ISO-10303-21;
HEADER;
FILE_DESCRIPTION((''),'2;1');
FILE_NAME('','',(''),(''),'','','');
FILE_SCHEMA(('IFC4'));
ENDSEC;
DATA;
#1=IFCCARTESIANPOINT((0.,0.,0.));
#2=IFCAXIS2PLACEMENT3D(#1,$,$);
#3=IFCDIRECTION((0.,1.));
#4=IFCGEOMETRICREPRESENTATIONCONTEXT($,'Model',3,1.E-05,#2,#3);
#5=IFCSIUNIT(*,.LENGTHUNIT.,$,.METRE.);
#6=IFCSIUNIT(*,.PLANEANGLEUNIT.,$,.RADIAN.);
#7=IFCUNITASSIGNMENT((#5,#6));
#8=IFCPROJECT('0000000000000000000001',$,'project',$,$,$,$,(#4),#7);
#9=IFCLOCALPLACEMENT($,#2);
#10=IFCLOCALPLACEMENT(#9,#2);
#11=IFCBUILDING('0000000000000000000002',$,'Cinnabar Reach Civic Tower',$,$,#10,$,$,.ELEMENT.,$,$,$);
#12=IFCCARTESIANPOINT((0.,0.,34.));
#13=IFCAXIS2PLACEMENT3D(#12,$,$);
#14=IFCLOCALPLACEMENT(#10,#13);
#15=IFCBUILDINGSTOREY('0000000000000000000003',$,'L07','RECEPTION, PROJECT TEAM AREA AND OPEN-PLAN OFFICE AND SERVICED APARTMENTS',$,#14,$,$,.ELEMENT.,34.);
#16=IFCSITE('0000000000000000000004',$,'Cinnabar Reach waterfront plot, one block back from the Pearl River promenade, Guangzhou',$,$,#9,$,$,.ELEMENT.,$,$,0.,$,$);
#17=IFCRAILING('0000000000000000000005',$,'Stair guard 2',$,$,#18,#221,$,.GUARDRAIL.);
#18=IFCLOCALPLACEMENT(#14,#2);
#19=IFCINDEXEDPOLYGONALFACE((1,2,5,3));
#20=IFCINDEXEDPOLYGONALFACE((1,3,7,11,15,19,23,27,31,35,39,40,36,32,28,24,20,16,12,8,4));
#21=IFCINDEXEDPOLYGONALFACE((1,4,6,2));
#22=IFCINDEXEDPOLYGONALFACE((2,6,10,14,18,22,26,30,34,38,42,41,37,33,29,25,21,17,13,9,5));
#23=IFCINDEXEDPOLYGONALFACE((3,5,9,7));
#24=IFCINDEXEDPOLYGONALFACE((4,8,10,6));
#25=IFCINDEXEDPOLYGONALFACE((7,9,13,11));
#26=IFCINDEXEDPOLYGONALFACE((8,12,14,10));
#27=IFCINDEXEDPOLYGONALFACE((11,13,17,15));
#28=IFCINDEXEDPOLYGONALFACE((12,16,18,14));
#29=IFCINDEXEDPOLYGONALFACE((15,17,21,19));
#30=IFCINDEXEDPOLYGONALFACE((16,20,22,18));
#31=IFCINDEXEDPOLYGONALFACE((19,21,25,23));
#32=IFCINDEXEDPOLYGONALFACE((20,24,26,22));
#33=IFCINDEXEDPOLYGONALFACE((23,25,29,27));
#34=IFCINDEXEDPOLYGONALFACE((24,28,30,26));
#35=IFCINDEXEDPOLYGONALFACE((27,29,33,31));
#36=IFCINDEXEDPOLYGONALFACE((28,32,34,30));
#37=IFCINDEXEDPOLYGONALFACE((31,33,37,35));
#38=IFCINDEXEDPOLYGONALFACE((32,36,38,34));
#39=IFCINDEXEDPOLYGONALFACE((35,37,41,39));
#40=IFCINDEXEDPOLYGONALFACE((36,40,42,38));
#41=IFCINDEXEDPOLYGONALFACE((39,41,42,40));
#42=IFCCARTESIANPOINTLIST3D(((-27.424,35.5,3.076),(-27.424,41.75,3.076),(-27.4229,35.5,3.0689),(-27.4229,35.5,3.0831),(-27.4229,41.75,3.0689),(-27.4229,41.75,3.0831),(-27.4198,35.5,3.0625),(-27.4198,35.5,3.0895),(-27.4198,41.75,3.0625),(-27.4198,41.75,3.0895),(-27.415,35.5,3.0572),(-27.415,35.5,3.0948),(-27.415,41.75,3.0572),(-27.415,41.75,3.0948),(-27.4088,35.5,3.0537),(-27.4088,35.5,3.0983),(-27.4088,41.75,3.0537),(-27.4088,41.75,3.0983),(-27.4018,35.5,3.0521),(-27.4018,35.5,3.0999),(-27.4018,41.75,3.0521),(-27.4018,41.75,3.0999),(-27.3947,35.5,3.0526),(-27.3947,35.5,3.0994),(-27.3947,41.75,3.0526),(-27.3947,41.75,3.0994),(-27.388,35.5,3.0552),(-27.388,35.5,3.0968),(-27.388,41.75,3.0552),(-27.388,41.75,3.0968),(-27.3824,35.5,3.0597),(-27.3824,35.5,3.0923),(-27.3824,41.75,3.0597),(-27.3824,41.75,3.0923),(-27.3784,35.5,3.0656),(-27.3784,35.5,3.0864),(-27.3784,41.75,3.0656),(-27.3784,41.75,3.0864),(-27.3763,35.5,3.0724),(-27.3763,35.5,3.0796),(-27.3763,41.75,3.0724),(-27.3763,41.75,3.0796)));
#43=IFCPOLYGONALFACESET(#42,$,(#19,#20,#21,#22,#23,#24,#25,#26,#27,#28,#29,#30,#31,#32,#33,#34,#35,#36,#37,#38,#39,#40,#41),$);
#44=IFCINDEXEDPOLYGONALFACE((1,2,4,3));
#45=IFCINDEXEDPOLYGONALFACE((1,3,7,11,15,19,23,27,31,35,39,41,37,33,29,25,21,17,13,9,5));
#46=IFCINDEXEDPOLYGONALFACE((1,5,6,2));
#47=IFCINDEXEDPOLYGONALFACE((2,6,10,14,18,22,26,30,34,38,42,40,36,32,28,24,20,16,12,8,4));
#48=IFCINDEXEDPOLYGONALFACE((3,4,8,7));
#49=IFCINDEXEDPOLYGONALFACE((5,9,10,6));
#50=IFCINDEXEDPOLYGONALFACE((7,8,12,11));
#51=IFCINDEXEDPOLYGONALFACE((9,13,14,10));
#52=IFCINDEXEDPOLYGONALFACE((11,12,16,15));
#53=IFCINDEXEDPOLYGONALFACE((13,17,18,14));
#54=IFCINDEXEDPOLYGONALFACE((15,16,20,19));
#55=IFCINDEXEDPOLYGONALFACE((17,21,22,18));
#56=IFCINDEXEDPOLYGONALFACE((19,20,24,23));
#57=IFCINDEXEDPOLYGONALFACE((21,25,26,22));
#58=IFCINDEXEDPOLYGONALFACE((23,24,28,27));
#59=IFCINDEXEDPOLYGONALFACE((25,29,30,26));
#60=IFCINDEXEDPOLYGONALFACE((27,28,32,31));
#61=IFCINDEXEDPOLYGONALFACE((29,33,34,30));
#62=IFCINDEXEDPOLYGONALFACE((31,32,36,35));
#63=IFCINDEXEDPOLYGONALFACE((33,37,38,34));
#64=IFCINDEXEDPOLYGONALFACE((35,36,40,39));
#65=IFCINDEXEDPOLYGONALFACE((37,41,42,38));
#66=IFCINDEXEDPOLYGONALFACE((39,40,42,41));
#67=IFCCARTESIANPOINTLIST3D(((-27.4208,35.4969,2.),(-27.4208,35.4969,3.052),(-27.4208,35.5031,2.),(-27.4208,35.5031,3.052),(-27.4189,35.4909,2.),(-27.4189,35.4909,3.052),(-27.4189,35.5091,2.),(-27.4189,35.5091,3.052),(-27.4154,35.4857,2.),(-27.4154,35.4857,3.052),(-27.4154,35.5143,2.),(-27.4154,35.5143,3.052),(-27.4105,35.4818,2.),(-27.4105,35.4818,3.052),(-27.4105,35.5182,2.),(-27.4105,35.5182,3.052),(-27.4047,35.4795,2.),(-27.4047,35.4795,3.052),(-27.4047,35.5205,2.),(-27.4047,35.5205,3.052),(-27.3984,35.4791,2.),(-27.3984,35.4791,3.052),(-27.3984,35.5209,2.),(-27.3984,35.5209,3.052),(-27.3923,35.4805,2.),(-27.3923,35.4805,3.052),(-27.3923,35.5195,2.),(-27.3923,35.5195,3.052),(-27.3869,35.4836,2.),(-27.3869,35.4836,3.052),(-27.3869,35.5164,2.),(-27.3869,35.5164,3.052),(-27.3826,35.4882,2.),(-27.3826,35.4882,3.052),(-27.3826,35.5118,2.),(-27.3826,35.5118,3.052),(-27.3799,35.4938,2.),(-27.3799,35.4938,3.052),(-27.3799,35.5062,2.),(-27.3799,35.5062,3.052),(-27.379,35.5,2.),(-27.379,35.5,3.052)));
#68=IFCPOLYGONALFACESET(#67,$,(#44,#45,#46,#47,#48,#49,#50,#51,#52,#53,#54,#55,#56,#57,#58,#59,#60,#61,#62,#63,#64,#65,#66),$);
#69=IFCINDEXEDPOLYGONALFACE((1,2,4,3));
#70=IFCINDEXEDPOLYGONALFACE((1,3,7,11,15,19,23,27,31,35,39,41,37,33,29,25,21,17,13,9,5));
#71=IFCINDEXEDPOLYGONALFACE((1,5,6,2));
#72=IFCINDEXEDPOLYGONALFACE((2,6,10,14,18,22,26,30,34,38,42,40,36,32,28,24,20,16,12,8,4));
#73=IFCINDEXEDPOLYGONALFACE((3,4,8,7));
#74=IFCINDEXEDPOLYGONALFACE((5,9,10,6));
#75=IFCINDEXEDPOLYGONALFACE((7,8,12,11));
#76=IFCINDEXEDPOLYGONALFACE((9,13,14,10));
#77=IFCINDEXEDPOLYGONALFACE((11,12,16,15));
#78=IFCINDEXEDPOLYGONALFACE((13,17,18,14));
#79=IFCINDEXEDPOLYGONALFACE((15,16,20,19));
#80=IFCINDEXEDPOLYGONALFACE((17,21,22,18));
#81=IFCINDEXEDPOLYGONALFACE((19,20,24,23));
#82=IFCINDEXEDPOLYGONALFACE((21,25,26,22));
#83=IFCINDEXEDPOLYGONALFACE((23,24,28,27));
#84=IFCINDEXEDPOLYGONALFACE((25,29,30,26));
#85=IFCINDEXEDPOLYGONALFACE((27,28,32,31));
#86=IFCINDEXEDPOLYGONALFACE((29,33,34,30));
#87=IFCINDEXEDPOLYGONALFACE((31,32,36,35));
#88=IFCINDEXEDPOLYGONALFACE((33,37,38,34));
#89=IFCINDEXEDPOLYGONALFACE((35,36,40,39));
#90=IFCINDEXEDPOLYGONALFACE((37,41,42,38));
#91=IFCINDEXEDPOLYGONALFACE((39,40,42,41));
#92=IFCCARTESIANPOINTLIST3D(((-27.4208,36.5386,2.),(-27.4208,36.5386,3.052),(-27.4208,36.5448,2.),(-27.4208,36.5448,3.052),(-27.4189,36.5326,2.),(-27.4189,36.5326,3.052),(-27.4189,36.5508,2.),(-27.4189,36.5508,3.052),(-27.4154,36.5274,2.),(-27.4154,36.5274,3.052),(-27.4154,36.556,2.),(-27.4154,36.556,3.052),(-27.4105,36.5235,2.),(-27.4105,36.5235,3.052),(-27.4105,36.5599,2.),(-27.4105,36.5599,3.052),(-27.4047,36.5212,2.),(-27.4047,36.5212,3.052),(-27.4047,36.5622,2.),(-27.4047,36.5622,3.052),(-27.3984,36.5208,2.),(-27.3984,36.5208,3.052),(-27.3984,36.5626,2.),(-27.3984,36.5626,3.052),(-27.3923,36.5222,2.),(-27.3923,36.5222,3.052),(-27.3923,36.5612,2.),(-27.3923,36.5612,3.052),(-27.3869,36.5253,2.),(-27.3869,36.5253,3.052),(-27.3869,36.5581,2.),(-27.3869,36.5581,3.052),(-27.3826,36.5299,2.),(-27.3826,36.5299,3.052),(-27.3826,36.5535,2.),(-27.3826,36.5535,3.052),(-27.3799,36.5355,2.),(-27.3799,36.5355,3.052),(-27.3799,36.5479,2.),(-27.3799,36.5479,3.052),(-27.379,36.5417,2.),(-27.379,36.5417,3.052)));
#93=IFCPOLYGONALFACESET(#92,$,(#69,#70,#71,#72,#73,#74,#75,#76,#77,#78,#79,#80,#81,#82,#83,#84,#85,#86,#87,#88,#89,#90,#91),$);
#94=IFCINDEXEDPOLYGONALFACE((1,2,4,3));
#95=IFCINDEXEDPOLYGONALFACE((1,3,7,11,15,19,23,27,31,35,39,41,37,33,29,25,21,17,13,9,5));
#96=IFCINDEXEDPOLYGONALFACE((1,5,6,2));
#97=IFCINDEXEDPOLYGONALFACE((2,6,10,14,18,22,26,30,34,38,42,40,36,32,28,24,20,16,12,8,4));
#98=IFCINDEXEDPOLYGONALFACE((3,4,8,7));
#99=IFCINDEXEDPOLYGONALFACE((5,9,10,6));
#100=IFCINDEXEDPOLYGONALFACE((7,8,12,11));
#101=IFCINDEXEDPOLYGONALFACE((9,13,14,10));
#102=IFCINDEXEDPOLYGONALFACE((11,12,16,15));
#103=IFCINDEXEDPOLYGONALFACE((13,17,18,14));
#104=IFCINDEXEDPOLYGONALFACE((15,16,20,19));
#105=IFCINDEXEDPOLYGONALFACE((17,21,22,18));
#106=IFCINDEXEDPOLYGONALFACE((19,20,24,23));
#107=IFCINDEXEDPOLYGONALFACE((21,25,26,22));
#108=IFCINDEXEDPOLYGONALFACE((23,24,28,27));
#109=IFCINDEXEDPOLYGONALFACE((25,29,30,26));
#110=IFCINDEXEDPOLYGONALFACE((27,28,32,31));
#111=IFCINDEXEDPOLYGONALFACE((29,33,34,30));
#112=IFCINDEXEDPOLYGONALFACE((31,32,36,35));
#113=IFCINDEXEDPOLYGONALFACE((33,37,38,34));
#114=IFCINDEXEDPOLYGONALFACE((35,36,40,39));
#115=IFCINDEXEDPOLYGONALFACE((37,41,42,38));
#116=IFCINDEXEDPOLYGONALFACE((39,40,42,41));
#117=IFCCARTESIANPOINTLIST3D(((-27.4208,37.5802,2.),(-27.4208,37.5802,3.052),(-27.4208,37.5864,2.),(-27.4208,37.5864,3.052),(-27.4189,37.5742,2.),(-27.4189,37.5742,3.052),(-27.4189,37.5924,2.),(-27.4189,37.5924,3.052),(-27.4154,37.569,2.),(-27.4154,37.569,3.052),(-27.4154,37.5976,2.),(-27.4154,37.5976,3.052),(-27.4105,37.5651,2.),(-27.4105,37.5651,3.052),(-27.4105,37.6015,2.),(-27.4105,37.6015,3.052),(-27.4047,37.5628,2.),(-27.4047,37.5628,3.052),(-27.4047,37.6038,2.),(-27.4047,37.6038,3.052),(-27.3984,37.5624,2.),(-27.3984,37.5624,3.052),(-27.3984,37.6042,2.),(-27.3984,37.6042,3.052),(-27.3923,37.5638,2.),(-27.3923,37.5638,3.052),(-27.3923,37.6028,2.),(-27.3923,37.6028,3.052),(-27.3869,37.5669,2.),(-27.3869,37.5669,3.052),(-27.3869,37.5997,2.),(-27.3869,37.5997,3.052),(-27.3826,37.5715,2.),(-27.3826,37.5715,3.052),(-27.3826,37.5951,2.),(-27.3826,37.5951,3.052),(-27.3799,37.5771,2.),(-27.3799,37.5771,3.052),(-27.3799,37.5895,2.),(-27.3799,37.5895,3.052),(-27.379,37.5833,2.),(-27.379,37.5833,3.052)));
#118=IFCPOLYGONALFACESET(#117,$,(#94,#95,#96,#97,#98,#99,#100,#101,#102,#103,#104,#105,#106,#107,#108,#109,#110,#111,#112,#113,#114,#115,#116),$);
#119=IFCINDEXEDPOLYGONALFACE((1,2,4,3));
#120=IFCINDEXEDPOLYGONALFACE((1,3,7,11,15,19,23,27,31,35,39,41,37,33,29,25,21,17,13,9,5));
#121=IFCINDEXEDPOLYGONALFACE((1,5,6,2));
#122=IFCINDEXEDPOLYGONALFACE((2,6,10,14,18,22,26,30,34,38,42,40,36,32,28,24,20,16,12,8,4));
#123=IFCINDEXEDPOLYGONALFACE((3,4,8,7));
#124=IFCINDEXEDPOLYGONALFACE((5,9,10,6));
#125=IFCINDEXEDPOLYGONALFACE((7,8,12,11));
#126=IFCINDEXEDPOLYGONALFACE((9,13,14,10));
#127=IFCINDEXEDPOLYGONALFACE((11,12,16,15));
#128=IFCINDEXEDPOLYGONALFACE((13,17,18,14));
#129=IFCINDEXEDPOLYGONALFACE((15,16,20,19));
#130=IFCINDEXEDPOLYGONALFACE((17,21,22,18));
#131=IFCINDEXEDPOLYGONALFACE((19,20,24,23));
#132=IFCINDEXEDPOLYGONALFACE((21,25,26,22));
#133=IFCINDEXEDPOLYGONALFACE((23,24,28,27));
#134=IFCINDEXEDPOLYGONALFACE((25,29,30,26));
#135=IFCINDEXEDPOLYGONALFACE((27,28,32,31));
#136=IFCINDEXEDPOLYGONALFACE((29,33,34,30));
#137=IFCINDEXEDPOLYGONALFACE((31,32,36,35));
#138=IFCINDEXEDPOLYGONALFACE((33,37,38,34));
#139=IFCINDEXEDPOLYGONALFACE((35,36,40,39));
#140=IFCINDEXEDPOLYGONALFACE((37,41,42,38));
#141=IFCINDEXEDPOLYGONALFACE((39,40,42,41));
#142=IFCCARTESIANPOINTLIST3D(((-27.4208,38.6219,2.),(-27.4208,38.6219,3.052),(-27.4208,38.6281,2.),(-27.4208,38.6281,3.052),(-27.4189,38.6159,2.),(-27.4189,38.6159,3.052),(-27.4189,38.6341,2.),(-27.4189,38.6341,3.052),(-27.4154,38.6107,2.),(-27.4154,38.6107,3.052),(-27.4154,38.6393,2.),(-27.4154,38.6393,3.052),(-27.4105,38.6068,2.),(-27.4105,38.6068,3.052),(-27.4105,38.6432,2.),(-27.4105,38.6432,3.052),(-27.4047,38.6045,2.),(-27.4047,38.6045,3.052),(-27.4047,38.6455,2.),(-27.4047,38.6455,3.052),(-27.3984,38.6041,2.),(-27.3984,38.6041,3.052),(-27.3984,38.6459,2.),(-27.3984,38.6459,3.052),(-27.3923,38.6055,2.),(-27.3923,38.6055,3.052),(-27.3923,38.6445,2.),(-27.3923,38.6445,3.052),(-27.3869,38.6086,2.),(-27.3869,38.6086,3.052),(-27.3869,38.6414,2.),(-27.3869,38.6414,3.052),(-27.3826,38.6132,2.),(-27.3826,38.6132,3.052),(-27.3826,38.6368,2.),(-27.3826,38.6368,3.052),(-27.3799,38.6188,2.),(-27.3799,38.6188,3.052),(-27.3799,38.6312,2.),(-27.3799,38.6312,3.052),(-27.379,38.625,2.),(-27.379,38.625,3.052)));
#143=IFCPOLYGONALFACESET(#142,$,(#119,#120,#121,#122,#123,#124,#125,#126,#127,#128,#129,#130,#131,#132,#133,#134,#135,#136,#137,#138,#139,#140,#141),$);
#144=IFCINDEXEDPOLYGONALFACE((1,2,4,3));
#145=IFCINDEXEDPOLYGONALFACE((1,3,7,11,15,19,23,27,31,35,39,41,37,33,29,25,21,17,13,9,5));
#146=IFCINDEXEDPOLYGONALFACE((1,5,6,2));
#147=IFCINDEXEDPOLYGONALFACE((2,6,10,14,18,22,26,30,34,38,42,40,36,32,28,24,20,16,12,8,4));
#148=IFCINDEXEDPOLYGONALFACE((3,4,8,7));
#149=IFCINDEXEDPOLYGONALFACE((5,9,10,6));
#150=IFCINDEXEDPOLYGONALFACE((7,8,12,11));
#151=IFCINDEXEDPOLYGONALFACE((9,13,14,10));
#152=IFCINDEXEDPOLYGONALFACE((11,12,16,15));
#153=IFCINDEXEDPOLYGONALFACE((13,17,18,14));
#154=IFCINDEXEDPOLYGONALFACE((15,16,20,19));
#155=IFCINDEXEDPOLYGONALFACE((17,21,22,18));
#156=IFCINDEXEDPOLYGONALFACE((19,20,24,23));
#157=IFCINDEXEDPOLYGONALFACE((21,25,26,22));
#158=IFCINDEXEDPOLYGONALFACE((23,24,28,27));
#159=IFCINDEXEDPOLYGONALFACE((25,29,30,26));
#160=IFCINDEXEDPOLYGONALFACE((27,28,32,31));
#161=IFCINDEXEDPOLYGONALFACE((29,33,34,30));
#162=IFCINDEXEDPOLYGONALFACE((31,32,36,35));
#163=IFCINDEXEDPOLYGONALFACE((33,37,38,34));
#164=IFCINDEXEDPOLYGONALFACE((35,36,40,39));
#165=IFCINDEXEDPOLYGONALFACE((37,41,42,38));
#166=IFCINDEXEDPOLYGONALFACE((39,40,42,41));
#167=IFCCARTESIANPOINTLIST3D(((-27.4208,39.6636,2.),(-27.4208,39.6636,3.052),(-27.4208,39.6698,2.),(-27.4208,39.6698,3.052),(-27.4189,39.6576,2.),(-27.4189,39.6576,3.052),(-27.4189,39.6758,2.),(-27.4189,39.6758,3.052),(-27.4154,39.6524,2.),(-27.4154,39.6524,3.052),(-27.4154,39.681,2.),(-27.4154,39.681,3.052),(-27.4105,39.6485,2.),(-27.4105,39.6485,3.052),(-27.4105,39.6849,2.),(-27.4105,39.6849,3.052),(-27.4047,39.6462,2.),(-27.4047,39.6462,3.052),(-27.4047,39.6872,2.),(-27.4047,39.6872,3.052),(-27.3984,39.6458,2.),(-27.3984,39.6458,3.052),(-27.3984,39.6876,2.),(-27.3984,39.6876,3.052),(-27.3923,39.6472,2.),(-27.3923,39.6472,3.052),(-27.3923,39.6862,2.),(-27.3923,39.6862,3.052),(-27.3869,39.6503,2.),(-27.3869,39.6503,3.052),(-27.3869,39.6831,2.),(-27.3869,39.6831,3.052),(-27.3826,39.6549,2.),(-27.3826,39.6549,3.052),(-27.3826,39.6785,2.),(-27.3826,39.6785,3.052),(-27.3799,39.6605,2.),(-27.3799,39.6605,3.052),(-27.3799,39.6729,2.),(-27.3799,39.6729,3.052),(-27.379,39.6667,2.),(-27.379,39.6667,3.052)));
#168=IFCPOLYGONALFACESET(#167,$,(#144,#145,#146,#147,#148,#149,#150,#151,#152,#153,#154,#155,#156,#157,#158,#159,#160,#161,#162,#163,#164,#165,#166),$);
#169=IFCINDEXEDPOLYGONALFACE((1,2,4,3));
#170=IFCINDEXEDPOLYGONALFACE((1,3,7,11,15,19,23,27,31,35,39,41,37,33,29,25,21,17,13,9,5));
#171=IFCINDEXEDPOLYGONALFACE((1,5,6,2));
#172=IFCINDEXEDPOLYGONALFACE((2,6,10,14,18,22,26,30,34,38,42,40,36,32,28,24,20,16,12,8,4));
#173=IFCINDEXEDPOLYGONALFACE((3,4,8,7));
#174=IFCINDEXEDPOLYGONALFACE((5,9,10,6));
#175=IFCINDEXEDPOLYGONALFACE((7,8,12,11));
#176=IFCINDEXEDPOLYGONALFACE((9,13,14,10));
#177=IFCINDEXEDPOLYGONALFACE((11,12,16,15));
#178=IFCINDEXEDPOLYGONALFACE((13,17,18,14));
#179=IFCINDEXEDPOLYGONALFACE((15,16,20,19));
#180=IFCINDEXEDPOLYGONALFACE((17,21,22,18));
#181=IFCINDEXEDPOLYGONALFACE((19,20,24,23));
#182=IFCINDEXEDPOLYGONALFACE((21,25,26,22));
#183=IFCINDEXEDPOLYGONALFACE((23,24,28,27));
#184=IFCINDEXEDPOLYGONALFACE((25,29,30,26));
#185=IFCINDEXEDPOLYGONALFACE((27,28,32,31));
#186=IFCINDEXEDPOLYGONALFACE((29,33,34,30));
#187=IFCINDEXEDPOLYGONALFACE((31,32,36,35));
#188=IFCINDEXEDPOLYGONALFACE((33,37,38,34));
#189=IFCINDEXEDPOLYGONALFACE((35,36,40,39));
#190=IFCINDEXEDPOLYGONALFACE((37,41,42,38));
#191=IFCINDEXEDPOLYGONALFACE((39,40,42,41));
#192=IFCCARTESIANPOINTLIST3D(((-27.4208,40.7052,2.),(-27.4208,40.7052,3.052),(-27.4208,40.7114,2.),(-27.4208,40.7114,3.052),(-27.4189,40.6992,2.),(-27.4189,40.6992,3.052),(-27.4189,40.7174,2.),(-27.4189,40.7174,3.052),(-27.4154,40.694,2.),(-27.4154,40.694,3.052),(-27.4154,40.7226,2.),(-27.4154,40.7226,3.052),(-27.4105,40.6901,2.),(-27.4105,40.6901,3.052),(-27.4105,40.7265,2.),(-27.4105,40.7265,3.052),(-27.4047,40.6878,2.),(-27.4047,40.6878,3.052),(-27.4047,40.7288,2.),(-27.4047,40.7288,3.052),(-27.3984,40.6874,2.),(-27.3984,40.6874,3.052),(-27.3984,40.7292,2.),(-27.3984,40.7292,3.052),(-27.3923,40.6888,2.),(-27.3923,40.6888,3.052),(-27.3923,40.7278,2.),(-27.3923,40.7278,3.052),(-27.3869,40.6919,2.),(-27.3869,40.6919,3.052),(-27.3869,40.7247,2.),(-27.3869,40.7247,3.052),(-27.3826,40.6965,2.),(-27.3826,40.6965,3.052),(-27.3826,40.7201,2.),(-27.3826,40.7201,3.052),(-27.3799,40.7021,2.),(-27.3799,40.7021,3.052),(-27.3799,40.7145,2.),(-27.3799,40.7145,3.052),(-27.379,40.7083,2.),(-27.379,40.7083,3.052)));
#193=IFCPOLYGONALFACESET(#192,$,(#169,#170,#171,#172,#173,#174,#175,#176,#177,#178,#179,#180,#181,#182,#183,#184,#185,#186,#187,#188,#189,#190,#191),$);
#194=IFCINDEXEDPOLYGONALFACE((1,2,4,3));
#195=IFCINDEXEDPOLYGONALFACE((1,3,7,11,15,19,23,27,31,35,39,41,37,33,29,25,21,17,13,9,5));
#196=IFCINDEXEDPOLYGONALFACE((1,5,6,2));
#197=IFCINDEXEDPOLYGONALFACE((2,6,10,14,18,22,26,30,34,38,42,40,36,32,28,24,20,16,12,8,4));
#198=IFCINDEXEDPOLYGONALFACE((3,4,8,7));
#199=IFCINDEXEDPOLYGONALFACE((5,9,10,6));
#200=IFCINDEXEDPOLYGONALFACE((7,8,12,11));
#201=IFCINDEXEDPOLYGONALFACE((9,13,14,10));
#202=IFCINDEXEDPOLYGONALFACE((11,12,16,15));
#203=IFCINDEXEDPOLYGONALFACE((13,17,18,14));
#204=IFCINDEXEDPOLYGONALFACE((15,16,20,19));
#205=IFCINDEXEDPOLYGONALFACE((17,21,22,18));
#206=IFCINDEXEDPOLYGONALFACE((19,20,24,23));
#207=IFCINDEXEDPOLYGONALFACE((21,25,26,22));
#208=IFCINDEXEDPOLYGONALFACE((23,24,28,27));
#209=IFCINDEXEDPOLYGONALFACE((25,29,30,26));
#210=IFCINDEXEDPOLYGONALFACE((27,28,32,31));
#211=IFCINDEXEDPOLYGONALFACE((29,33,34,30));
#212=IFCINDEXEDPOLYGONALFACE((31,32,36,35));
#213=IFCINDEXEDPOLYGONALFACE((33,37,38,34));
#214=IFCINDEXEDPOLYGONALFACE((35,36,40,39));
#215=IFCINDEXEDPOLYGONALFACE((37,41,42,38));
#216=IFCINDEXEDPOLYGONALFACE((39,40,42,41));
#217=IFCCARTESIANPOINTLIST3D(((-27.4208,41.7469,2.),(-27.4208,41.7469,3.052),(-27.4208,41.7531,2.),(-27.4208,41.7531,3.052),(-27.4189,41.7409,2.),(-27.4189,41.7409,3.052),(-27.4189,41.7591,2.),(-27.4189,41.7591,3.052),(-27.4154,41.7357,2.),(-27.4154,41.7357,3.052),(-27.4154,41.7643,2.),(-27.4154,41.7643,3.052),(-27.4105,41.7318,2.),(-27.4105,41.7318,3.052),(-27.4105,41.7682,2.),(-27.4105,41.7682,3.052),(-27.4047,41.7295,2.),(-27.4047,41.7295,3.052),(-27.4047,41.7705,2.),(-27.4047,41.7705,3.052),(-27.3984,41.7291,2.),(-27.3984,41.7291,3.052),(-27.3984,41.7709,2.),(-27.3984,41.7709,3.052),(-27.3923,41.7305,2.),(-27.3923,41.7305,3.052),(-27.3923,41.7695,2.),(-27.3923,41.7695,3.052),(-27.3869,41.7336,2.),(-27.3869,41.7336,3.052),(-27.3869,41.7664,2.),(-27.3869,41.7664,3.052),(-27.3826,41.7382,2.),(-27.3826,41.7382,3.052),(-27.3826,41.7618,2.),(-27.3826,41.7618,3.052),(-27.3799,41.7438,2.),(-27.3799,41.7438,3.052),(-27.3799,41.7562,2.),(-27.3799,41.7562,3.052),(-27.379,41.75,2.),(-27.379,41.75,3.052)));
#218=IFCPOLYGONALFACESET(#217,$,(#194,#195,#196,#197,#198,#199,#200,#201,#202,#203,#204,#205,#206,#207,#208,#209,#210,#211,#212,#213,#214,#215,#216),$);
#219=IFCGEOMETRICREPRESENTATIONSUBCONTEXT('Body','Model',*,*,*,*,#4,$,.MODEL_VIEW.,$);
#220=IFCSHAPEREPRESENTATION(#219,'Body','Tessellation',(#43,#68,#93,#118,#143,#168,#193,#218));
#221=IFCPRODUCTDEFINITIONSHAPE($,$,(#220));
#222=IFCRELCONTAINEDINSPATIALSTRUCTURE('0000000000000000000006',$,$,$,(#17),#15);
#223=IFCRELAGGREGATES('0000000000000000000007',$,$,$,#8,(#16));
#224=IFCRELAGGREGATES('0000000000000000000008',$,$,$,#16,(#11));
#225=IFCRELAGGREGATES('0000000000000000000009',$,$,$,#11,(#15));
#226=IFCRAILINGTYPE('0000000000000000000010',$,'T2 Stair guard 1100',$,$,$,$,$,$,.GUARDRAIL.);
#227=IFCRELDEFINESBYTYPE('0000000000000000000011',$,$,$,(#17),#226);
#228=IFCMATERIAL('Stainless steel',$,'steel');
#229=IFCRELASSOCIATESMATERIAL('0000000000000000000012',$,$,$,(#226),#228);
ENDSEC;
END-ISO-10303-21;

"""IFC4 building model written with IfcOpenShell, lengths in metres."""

from ifc_helpers import new_model, si_unit, direction, frame, origin, origin_2d, place, context, subcontext, project, spatial, circle, extrude, material, type_object, element, save


model = new_model("IFC4")

# Units and contexts
model_context = context("Model", 3, precision=1e-05, world=origin(), true_north=direction((0.0, 1.0)))
body_context = subcontext(model_context, "Body", "Model", "MODEL_VIEW")
ifc_project = project(units=[si_unit("LENGTHUNIT", "METRE"), si_unit("PLANEANGLEUNIT", "RADIAN")], contexts=[model_context])

# Site, building, storey
site_placement = place(None, origin())
site = spatial("IfcSite", under=ifc_project, at=site_placement, Name="Cinnabar Reach waterfront plot, one block back from the Pearl River promenade, Guangzhou", CompositionType="ELEMENT", RefElevation=0.0)
building_placement = place(site_placement, origin())
building = spatial("IfcBuilding", under=site, at=building_placement, Name="Cinnabar Reach Civic Tower", CompositionType="ELEMENT")
storey_placement = place(building_placement, frame((0.0, 0.0, 34.0)))
storey = spatial("IfcBuildingStorey", under=building, at=storey_placement, Name="L07", Description="RECEPTION, PROJECT TEAM AREA AND OPEN-PLAN OFFICE AND SERVICED APARTMENTS", CompositionType="ELEMENT", Elevation=34.0)

# Railing
ifc_material_1 = material(Name="Stainless steel", Category="steel")
railing_type = type_object("IfcRailingType", Name="T2 Stair guard 1100", PredefinedType="GUARDRAIL", material=ifc_material_1)
for number, where, name in (
    (1, (-27.4, 35.5, 2.0), "Stair guard 2"),
):
    element("IfcRailing", number, at=place(storey_placement, frame(where)), inside=storey, type_object=railing_type, Name=name, PredefinedType="GUARDRAIL", context=body_context, shape_type="SweptSolid", body=[
        extrude(circle(Radius=0.024, at=origin_2d()), frame((0.0, 0.0, 1.076), z_axis=(0.0, 1.0, 0.0), x_axis=(-1.0, 0.0, 0.0)), (0.0, 0.0, 1.0), 6.25),
        extrude(circle(Radius=0.021, at=origin_2d()), origin(), (0.0, 0.0, 1.0), 1.052),
        extrude(circle(Radius=0.021, at=origin_2d()), frame((0.0, 1.0417, 0.0)), (0.0, 0.0, 1.0), 1.052),
        extrude(circle(Radius=0.021, at=origin_2d()), frame((0.0, 2.0833, 0.0)), (0.0, 0.0, 1.0), 1.052),
        extrude(circle(Radius=0.021, at=origin_2d()), frame((0.0, 3.125, 0.0)), (0.0, 0.0, 1.0), 1.052),
        extrude(circle(Radius=0.021, at=origin_2d()), frame((0.0, 4.1667, 0.0)), (0.0, 0.0, 1.0), 1.052),
        extrude(circle(Radius=0.021, at=origin_2d()), frame((0.0, 5.2083, 0.0)), (0.0, 0.0, 1.0), 1.052),
        extrude(circle(Radius=0.021, at=origin_2d()), frame((0.0, 6.25, 0.0)), (0.0, 0.0, 1.0), 1.052),
    ])

save(model, "model.ifc")
